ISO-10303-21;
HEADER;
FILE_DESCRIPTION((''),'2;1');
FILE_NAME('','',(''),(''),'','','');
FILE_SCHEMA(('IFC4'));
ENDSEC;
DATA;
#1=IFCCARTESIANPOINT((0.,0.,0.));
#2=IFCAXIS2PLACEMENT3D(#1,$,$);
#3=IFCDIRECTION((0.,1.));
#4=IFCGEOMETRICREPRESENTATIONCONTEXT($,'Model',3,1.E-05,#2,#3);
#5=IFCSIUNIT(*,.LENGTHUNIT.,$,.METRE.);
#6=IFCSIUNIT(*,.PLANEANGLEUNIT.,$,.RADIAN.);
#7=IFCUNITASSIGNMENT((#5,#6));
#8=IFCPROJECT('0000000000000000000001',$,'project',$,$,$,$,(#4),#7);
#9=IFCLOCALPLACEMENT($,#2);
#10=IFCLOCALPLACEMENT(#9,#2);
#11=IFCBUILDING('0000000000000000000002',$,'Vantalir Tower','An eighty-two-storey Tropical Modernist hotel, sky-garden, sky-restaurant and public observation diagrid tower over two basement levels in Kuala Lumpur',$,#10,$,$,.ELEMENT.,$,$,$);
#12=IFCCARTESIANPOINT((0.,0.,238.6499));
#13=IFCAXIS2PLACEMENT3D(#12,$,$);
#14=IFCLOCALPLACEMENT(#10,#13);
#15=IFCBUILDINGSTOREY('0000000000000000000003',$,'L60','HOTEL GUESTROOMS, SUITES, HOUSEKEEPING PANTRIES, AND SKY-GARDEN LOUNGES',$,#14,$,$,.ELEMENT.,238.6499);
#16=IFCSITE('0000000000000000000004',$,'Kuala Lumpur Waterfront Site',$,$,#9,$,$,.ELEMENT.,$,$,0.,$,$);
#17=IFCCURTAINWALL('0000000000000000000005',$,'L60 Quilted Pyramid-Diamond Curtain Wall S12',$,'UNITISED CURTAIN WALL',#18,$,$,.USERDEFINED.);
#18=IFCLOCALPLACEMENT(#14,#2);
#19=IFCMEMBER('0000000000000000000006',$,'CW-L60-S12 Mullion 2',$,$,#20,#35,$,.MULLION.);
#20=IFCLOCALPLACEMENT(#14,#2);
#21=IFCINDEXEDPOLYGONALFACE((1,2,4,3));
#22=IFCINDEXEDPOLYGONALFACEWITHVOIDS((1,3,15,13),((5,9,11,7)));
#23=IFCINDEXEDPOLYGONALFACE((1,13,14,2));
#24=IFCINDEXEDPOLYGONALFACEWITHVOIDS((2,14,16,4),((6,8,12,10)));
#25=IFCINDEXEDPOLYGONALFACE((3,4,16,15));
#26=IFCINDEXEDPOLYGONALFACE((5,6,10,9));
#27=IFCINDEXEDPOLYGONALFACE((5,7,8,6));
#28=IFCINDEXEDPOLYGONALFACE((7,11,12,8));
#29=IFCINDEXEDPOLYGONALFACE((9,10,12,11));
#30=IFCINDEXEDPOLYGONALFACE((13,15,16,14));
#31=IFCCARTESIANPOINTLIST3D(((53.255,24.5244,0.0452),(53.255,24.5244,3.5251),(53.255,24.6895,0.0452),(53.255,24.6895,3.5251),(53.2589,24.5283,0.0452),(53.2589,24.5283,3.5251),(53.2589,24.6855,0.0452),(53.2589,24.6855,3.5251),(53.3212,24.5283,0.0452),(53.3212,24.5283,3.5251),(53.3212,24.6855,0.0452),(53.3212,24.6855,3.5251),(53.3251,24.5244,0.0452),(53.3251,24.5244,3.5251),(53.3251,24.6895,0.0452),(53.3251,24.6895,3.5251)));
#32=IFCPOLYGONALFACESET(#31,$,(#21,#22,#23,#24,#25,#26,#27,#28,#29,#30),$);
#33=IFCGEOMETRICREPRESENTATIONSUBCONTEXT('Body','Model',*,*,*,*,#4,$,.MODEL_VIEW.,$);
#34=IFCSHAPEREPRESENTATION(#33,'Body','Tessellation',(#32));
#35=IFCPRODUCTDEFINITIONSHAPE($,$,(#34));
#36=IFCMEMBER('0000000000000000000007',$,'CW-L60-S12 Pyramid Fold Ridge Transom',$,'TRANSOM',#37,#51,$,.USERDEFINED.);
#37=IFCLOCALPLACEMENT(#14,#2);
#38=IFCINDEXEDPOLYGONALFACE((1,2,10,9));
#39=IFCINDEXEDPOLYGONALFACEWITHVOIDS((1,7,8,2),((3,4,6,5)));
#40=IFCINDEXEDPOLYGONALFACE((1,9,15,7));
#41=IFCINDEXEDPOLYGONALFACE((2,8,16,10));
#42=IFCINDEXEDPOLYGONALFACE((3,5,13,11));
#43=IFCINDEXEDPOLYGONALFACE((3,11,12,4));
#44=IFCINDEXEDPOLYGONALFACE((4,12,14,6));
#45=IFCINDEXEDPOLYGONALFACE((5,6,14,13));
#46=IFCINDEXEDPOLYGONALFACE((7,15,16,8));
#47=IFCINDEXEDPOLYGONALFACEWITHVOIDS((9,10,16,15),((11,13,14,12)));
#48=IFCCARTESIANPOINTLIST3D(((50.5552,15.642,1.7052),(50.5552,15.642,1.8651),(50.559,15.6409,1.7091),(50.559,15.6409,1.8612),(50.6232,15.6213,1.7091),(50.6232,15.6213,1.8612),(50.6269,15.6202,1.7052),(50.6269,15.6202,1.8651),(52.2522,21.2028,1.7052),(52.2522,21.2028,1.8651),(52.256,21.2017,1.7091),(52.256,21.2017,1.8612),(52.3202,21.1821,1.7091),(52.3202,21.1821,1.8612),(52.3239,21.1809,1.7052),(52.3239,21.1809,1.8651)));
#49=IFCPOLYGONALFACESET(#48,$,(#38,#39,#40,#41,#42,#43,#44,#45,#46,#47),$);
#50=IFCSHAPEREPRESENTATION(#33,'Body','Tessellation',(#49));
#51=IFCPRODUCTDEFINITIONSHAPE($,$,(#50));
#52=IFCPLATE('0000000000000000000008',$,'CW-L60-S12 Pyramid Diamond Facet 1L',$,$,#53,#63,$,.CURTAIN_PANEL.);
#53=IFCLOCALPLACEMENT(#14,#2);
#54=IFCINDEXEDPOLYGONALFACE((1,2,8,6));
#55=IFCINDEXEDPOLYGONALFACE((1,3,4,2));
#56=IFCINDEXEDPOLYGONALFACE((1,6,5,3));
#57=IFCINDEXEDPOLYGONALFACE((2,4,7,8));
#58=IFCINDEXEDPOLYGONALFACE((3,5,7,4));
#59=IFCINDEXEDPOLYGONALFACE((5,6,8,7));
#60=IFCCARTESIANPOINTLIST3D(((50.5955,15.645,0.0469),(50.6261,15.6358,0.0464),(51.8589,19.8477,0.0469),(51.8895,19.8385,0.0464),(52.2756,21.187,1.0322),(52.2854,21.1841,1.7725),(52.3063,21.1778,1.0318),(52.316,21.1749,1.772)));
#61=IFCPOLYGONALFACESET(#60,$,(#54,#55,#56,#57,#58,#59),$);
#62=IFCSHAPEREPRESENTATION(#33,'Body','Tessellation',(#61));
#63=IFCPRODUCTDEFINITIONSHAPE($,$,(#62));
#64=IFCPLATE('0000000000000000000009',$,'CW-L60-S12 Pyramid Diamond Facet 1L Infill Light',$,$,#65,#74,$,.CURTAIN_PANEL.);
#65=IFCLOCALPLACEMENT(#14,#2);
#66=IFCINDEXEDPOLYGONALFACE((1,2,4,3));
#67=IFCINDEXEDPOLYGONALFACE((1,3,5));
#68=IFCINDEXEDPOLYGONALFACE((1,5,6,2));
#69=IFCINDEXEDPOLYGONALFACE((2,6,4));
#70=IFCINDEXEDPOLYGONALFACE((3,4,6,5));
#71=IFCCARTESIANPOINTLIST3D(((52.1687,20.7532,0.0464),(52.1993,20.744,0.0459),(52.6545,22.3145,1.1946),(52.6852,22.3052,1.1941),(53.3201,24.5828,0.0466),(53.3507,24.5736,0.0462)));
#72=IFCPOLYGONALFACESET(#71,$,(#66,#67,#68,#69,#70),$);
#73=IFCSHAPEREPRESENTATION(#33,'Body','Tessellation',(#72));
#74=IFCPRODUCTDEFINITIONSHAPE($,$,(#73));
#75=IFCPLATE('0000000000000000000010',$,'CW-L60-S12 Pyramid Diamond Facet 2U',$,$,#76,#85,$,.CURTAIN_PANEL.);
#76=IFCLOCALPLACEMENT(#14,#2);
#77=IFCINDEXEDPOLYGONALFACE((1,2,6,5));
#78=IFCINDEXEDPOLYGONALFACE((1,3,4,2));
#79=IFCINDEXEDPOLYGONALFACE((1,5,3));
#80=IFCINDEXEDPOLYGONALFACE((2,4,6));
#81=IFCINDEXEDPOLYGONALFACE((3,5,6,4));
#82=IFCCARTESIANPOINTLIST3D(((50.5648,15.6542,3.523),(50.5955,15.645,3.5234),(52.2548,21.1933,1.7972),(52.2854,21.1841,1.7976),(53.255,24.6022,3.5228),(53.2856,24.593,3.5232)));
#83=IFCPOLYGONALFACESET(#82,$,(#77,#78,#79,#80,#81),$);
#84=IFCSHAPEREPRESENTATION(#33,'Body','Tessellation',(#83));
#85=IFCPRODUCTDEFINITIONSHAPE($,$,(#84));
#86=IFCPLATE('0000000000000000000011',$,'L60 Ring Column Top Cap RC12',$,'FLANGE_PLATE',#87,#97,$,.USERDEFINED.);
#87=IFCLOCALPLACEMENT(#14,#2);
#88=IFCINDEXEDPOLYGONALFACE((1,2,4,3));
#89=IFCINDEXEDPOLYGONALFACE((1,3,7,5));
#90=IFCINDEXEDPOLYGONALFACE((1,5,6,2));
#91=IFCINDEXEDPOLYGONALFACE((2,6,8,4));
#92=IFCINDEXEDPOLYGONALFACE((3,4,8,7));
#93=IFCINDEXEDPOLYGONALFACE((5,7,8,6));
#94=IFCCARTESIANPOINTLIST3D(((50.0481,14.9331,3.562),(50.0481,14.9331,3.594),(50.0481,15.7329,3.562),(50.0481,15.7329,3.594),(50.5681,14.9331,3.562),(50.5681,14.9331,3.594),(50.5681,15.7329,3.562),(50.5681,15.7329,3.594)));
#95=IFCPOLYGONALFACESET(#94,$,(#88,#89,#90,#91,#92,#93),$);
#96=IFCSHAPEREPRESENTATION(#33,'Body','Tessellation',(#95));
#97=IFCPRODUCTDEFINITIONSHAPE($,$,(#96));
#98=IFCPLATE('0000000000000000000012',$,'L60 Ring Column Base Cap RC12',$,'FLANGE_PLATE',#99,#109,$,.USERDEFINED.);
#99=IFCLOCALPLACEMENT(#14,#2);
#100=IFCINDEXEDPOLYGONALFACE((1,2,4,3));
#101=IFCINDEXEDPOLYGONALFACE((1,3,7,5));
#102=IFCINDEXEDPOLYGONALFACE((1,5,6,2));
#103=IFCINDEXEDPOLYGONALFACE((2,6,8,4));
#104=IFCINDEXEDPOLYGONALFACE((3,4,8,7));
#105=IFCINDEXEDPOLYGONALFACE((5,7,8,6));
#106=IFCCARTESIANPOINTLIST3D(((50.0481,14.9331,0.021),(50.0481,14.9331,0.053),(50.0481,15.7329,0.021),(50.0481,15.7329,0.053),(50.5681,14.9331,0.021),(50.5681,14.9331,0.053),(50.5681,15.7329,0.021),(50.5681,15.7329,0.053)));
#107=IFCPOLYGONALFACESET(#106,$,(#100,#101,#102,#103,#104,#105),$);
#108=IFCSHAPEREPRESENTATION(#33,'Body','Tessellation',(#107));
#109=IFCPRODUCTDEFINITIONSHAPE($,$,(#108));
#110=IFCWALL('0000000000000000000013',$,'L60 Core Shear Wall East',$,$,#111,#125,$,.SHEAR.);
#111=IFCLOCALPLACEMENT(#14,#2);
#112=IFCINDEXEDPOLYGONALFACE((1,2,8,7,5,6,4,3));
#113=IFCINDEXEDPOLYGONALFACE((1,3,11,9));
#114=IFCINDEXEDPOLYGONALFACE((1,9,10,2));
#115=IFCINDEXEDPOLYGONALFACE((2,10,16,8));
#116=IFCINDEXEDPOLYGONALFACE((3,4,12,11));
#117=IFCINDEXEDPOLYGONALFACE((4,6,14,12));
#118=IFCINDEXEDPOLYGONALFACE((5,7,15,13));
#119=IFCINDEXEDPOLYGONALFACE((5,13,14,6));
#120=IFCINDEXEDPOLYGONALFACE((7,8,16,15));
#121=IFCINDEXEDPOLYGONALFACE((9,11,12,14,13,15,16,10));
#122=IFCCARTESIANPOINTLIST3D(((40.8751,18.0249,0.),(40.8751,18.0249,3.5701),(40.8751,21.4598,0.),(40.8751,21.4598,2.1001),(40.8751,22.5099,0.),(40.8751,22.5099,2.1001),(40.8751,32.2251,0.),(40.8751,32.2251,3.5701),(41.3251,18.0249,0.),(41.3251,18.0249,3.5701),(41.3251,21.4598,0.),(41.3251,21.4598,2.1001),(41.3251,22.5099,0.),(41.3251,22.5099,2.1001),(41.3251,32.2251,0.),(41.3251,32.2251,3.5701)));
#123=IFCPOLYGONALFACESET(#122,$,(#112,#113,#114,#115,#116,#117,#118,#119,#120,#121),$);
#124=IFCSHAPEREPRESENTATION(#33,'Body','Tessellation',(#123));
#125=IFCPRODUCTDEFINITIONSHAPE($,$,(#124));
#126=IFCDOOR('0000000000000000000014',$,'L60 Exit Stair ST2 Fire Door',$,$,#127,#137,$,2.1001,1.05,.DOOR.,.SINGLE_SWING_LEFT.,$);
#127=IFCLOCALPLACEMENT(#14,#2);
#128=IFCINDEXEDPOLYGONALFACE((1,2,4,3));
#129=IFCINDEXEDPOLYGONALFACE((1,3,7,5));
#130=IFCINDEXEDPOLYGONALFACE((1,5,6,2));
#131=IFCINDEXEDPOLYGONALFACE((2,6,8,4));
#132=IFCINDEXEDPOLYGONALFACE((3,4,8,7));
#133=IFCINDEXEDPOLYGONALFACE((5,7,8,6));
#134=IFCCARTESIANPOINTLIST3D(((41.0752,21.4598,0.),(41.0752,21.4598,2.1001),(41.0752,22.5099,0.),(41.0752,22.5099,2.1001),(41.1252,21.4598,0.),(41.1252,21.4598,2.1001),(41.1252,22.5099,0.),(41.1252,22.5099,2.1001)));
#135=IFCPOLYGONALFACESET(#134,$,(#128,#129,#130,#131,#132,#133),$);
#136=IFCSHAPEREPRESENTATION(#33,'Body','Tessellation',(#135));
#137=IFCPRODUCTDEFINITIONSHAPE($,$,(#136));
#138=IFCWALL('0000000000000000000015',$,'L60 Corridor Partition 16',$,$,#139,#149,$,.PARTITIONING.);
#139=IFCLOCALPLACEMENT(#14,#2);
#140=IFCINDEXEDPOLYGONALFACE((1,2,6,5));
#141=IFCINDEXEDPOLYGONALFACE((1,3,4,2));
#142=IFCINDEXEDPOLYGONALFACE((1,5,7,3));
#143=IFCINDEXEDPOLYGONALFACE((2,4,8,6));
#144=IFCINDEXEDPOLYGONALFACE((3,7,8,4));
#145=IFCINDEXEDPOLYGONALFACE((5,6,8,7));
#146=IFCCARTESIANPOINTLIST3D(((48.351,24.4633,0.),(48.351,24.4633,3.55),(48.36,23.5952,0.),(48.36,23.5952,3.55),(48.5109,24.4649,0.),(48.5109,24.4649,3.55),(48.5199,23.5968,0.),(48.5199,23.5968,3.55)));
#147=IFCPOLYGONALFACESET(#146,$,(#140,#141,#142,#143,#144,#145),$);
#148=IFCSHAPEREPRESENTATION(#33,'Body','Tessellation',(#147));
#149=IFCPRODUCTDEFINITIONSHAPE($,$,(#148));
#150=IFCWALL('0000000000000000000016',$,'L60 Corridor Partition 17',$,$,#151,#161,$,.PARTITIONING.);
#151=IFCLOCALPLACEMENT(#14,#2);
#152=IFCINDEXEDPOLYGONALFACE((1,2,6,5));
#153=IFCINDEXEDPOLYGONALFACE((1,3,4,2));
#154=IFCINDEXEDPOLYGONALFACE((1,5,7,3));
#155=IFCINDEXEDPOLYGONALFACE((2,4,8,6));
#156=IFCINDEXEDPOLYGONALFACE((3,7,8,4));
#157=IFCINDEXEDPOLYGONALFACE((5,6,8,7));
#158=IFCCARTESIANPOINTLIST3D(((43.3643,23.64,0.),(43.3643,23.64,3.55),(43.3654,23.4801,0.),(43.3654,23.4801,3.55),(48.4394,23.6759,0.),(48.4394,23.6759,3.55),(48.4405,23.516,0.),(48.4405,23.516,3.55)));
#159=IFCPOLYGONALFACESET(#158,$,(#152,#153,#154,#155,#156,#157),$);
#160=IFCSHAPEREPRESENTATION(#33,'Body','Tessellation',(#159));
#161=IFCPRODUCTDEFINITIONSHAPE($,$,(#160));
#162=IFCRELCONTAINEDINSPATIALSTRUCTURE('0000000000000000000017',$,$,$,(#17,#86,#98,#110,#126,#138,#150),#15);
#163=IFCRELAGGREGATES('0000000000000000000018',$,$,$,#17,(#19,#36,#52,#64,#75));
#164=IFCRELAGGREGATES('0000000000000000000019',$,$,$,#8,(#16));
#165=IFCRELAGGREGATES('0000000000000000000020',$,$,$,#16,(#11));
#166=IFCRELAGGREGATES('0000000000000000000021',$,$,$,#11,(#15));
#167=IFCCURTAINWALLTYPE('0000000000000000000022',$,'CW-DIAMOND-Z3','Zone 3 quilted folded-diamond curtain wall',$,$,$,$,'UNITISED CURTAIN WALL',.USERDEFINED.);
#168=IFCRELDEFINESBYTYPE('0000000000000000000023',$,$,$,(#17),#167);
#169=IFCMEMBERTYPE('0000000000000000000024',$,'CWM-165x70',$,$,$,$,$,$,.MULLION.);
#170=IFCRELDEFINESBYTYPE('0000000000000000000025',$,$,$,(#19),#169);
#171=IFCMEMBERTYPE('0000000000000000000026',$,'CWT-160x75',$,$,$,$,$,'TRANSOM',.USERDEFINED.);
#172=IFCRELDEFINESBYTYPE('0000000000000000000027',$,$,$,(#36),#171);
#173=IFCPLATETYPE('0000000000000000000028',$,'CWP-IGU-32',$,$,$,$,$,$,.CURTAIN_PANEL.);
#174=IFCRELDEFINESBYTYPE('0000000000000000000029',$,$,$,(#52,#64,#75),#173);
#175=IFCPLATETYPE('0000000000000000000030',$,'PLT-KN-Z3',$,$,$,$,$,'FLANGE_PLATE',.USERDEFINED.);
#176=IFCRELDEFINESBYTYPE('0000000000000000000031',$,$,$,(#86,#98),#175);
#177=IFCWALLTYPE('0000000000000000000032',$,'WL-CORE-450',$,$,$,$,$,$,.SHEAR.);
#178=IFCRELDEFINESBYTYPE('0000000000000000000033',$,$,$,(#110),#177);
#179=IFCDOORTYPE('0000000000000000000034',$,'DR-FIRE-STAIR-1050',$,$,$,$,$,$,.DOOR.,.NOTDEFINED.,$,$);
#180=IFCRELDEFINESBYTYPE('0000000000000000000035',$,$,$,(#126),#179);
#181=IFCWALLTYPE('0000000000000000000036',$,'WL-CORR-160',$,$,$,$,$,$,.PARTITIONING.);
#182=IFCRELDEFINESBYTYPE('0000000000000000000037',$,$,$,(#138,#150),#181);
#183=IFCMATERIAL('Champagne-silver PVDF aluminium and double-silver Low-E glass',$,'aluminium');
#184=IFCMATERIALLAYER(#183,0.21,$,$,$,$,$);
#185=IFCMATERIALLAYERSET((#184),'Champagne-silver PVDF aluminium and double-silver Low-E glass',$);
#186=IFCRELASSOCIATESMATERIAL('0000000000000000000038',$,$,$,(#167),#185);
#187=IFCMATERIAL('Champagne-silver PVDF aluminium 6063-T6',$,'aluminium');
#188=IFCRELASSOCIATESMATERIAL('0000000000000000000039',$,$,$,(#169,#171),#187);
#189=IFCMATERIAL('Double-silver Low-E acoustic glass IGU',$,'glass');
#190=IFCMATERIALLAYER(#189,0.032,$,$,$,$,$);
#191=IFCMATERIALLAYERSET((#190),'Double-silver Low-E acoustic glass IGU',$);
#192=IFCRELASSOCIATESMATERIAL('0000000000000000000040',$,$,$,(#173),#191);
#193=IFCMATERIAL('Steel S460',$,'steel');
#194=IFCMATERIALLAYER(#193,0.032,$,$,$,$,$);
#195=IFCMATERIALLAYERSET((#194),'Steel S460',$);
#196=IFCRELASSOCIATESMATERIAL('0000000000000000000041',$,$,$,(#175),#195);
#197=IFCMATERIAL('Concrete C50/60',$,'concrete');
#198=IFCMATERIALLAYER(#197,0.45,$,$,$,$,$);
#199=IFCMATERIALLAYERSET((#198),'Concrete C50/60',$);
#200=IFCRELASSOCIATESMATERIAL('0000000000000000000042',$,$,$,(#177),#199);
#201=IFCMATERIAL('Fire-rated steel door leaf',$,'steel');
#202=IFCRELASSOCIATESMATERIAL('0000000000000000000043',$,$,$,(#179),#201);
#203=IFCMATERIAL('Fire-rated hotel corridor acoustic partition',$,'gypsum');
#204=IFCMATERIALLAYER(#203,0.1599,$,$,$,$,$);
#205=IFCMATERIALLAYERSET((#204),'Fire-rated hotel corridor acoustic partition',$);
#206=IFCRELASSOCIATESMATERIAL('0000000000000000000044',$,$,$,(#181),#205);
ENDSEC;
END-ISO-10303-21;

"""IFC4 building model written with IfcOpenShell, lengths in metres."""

from ifc_helpers import new_model, si_unit, direction, frame, frame_2d, origin, origin_2d, place, context, subcontext, project, spatial, polyline, rectangle, hollow_rectangle, outline, extrude, material, layer, layer_set, material_profile, profile_set, type_object, element, fill, aggregate, save


model = new_model("IFC4")

# Units and contexts
model_context = context("Model", 3, precision=1e-05, world=origin(), true_north=direction((0.0, 1.0)))
body_context = subcontext(model_context, "Body", "Model", "MODEL_VIEW")
ifc_project = project(units=[si_unit("LENGTHUNIT", "METRE"), si_unit("PLANEANGLEUNIT", "RADIAN")], contexts=[model_context])

# Site, building, storey
site_placement = place(None, origin())
site = spatial("IfcSite", under=ifc_project, at=site_placement, Name="Kuala Lumpur Waterfront Site", CompositionType="ELEMENT", RefElevation=0.0)
building_placement = place(site_placement, origin())
building = spatial("IfcBuilding", under=site, at=building_placement, Name="Vantalir Tower", Description="An eighty-two-storey Tropical Modernist hotel, sky-garden, sky-restaurant and public observation diagrid tower over two basement levels in Kuala Lumpur", CompositionType="ELEMENT")
storey_placement = place(building_placement, frame((0.0, 0.0, 238.6499)))
storey = spatial("IfcBuildingStorey", under=building, at=storey_placement, Name="L60", Description="HOTEL GUESTROOMS, SUITES, HOUSEKEEPING PANTRIES, AND SKY-GARDEN LOUNGES", CompositionType="ELEMENT", Elevation=238.6499)

# Shared definitions
ifc_material_1 = material(Name="Concrete C50/60", Category="concrete")
ifc_material_2 = material(Name="Steel S460", Category="steel")

# Curtain wall, members, plates
ifc_material_3 = material(Name="Champagne-silver PVDF aluminium and double-silver Low-E glass", Category="aluminium")
ifc_layer_1 = layer(ifc_material_3, 0.21)
ifc_layer_set_1 = layer_set([ifc_layer_1], Name="Champagne-silver PVDF aluminium and double-silver Low-E glass")
curtain_wall_type = type_object("IfcCurtainWallType", Name="CW-DIAMOND-Z3", Description="Zone 3 quilted folded-diamond curtain wall", ElementType="UNITISED CURTAIN WALL", PredefinedType="USERDEFINED", material=ifc_layer_set_1)
curtain_wall_placement = place(storey_placement, origin())
curtain_wall = element("IfcCurtainWall", 1, at=curtain_wall_placement, inside=storey, type_object=curtain_wall_type, Name="L60 Quilted Pyramid-Diamond Curtain Wall S12", ObjectType="UNITISED CURTAIN WALL", PredefinedType="USERDEFINED")
ifc_material_4 = material(Name="Champagne-silver PVDF aluminium 6063-T6", Category="aluminium")
ifc_material_profile_1 = material_profile(ifc_material_4, hollow_rectangle(XDim=0.0701, YDim=0.165, WallThickness=0.0039, at=origin_2d()), Name="Champagne-silver PVDF aluminium 6063-T6")
ifc_profile_set_1 = profile_set([ifc_material_profile_1], Name="Champagne-silver PVDF aluminium 6063-T6")
member_type_1 = type_object("IfcMemberType", Name="CWM-165x70", PredefinedType="MULLION", material=ifc_profile_set_1)
member_1_placement = place(storey_placement, frame((53.29, 24.6069, 0.0452), z_axis=(0.0, 0.0, 1.0), x_axis=(1.0, 0.0, 0.0)))
member_1 = element("IfcMember", 2, at=member_1_placement, type_object=member_type_1, Name="CW-L60-S12 Mullion 2", PredefinedType="MULLION", context=body_context, shape_type="SweptSolid", body=[
    extrude(hollow_rectangle(XDim=0.0701, YDim=0.165, WallThickness=0.0039, at=origin_2d()), origin(), (0.0, 0.0, 1.0), 3.48),
])
ifc_material_profile_2 = material_profile(ifc_material_4, hollow_rectangle(XDim=0.075, YDim=0.1599, WallThickness=0.0039, at=origin_2d()), Name="Champagne-silver PVDF aluminium 6063-T6")
ifc_profile_set_2 = profile_set([ifc_material_profile_2], Name="Champagne-silver PVDF aluminium 6063-T6")
member_type_2 = type_object("IfcMemberType", Name="CWT-160x75", ElementType="TRANSOM", PredefinedType="USERDEFINED", material=ifc_profile_set_2)
member_2_placement = place(storey_placement, frame((50.5911, 15.6311, 1.7852), z_axis=(0.291887, 0.956453, 0.0), x_axis=(-0.956453, 0.291887, 0.0)))
member_2 = element("IfcMember", 3, at=member_2_placement, type_object=member_type_2, Name="CW-L60-S12 Pyramid Fold Ridge Transom", ObjectType="TRANSOM", PredefinedType="USERDEFINED", context=body_context, shape_type="SweptSolid", body=[
    extrude(hollow_rectangle(XDim=0.075, YDim=0.1599, WallThickness=0.0039, at=origin_2d()), origin(), (0.0, 0.0, 1.0), 5.814),
])
ifc_material_5 = material(Name="Double-silver Low-E acoustic glass IGU", Category="glass")
ifc_layer_2 = layer(ifc_material_5, 0.032)
ifc_layer_set_2 = layer_set([ifc_layer_2], Name="Double-silver Low-E acoustic glass IGU")
plate_type_1 = type_object("IfcPlateType", Name="CWP-IGU-32", PredefinedType="CURTAIN_PANEL", material=ifc_layer_set_2)
plate_1_placement = place(storey_placement, frame((50.5955, 15.645, 0.0469), z_axis=(-0.957572, 0.287866, 0.013738), x_axis=(0.287893, 0.957662, 0.0)))
plate_1 = element("IfcPlate", 4, at=plate_1_placement, type_object=plate_type_1, Name="CW-L60-S12 Pyramid Diamond Facet 1L", PredefinedType="CURTAIN_PANEL", context=body_context, shape_type="SweptSolid", body=[
    extrude(outline(polyline([(0.0, 0.0), (4.3884, 0.0), (5.7911, -0.9854), (5.7911, -1.7257), (0.0, 0.0)])), origin(), (0.0, 0.0, -1.0), 0.032),
])
plate_2_placement = place(storey_placement, frame((52.1687, 20.7532, 0.0464), z_axis=(-0.957565, 0.287891, 0.013712), x_axis=(0.287919, 0.957655, 0.000061)))
plate_2 = element("IfcPlate", 5, at=plate_2_placement, type_object=plate_type_1, Name="CW-L60-S12 Pyramid Diamond Facet 1L Infill Light", PredefinedType="CURTAIN_PANEL", context=body_context, shape_type="SweptSolid", body=[
    extrude(outline(polyline([(0.0, 0.0), (3.9989, 0.0), (1.6351, -1.1482), (0.0, 0.0)])), origin(), (0.0, 0.0, -1.0), 0.032),
])
plate_3_placement = place(storey_placement, frame((53.2856, 24.593, 3.5232), z_axis=(0.957566, -0.287889, 0.013673), x_axis=(-0.287916, -0.957656, 0.000026)))
plate_3 = element("IfcPlate", 6, at=plate_3_placement, type_object=plate_type_1, Name="CW-L60-S12 Pyramid Diamond Facet 2U", PredefinedType="CURTAIN_PANEL", context=body_context, shape_type="SweptSolid", body=[
    extrude(outline(polyline([(0.0, 0.0), (9.3436, 0.0), (3.5525, 1.7258), (0.0, 0.0)])), origin(), (0.0, 0.0, -1.0), 0.032),
])
aggregate(curtain_wall, [member_1, member_2, plate_1, plate_2, plate_3])

# Plates
ifc_layer_3 = layer(ifc_material_2, 0.032)
ifc_layer_set_3 = layer_set([ifc_layer_3], Name="Steel S460")
plate_type_2 = type_object("IfcPlateType", Name="PLT-KN-Z3", ElementType="FLANGE_PLATE", PredefinedType="USERDEFINED", material=ifc_layer_set_3)
for number, where, z_axis, x_axis, name in (
    (7, (50.0481, 15.7329, 3.594), (0.0, 0.0, 1.0), (0.0, -1.0, 0.0), "L60 Ring Column Top Cap RC12"),
    (8, (50.0481, 15.7329, 0.053), (0.0, 0.0, 1.0), (0.0, -1.0, 0.0), "L60 Ring Column Base Cap RC12"),
):
    element("IfcPlate", number, at=place(storey_placement, frame(where, z_axis=z_axis, x_axis=x_axis)), inside=storey, type_object=plate_type_2, Name=name, ObjectType="FLANGE_PLATE", PredefinedType="USERDEFINED", context=body_context, shape_type="SweptSolid", body=[
        extrude(outline(polyline([(0.0, 0.0), (0.7998, 0.0), (0.7998, 0.52), (0.0, 0.52), (0.0, 0.0)])), origin(), (0.0, 0.0, -1.0), 0.032),
    ])

# Wall, opening, door
ifc_layer_4 = layer(ifc_material_1, 0.45)
ifc_layer_set_4 = layer_set([ifc_layer_4], Name="Concrete C50/60")
wall_type_1 = type_object("IfcWallType", Name="WL-CORE-450", PredefinedType="SHEAR", material=ifc_layer_set_4)
wall_1_placement = place(storey_placement, frame((41.1001, 18.0249, 0.0), z_axis=(0.0, 0.0, 1.0), x_axis=(0.0, 1.0, 0.0)))
wall_1 = element("IfcWall", 9, at=wall_1_placement, inside=storey, type_object=wall_type_1, Name="L60 Core Shear Wall East", PredefinedType="SHEAR", context=body_context, shape_type="SweptSolid", body=[
    extrude(rectangle(XDim=14.2002, YDim=0.45, at=frame_2d((7.1001, 0.0))), origin(), (0.0, 0.0, 1.0), 3.5701),
])
opening_1_placement = place(wall_1_placement, frame((3.4351, 0.0, 0.0)))
opening_1 = element("IfcOpeningElement", 10, at=opening_1_placement, cuts=wall_1, PredefinedType="OPENING", context=body_context, shape_type="SweptSolid", body=[
    extrude(rectangle(XDim=1.05, YDim=2.1001, at=frame_2d((0.5249, 1.05))), frame((0.0, 0.2349, 0.0), z_axis=(0.0, -1.0, 0.0), x_axis=(1.0, 0.0, 0.0)), (0.0, 0.0, 1.0), 0.47),
])
ifc_material_6 = material(Name="Fire-rated steel door leaf", Category="steel")
door_type_1 = type_object("IfcDoorType", Name="DR-FIRE-STAIR-1050", OperationType="NOTDEFINED", PredefinedType="DOOR", material=ifc_material_6)
door_1_placement = place(opening_1_placement, origin())
door_1 = element("IfcDoor", 11, at=door_1_placement, inside=storey, type_object=door_type_1, Name="L60 Exit Stair ST2 Fire Door", OperationType="SINGLE_SWING_LEFT", OverallHeight=2.1001, OverallWidth=1.05, PredefinedType="DOOR", context=body_context, shape_type="SweptSolid", body=[
    extrude(rectangle(XDim=1.05, YDim=2.1001, at=frame_2d((0.5249, 1.05))), frame((0.0, 0.0249, 0.0), z_axis=(0.0, -1.0, 0.0), x_axis=(1.0, 0.0, 0.0)), (0.0, 0.0, 1.0), 0.05),
])
fill(opening_1, door_1)

# Walls
ifc_material_7 = material(Name="Fire-rated hotel corridor acoustic partition", Category="gypsum")
ifc_layer_5 = layer(ifc_material_7, 0.1599)
ifc_layer_set_5 = layer_set([ifc_layer_5], Name="Fire-rated hotel corridor acoustic partition")
wall_type_2 = type_object("IfcWallType", Name="WL-CORR-160", PredefinedType="PARTITIONING", material=ifc_layer_set_5)
wall_2_placement = place(storey_placement, frame((48.4309, 24.4641, 0.0), z_axis=(0.0, 0.0, 1.0), x_axis=(0.010404, -0.999946, 0.0)))
element("IfcWall", 12, at=wall_2_placement, inside=storey, type_object=wall_type_2, Name="L60 Corridor Partition 16", PredefinedType="PARTITIONING", context=body_context, shape_type="SweptSolid", body=[
    extrude(rectangle(XDim=0.8682, YDim=0.1599, at=frame_2d((0.4341, 0.0))), origin(), (0.0, 0.0, 1.0), 3.55),
])
wall_3_placement = place(storey_placement, frame((48.4399, 23.5959, 0.0), z_axis=(0.0, 0.0, 1.0), x_axis=(-0.999975, -0.007072, 0.0)))
element("IfcWall", 13, at=wall_3_placement, inside=storey, type_object=wall_type_2, Name="L60 Corridor Partition 17", PredefinedType="PARTITIONING", context=body_context, shape_type="SweptSolid", body=[
    extrude(rectangle(XDim=5.0752, YDim=0.1599, at=frame_2d((2.5376, 0.0))), origin(), (0.0, 0.0, 1.0), 3.55),
])

save(model, "model.ifc")
